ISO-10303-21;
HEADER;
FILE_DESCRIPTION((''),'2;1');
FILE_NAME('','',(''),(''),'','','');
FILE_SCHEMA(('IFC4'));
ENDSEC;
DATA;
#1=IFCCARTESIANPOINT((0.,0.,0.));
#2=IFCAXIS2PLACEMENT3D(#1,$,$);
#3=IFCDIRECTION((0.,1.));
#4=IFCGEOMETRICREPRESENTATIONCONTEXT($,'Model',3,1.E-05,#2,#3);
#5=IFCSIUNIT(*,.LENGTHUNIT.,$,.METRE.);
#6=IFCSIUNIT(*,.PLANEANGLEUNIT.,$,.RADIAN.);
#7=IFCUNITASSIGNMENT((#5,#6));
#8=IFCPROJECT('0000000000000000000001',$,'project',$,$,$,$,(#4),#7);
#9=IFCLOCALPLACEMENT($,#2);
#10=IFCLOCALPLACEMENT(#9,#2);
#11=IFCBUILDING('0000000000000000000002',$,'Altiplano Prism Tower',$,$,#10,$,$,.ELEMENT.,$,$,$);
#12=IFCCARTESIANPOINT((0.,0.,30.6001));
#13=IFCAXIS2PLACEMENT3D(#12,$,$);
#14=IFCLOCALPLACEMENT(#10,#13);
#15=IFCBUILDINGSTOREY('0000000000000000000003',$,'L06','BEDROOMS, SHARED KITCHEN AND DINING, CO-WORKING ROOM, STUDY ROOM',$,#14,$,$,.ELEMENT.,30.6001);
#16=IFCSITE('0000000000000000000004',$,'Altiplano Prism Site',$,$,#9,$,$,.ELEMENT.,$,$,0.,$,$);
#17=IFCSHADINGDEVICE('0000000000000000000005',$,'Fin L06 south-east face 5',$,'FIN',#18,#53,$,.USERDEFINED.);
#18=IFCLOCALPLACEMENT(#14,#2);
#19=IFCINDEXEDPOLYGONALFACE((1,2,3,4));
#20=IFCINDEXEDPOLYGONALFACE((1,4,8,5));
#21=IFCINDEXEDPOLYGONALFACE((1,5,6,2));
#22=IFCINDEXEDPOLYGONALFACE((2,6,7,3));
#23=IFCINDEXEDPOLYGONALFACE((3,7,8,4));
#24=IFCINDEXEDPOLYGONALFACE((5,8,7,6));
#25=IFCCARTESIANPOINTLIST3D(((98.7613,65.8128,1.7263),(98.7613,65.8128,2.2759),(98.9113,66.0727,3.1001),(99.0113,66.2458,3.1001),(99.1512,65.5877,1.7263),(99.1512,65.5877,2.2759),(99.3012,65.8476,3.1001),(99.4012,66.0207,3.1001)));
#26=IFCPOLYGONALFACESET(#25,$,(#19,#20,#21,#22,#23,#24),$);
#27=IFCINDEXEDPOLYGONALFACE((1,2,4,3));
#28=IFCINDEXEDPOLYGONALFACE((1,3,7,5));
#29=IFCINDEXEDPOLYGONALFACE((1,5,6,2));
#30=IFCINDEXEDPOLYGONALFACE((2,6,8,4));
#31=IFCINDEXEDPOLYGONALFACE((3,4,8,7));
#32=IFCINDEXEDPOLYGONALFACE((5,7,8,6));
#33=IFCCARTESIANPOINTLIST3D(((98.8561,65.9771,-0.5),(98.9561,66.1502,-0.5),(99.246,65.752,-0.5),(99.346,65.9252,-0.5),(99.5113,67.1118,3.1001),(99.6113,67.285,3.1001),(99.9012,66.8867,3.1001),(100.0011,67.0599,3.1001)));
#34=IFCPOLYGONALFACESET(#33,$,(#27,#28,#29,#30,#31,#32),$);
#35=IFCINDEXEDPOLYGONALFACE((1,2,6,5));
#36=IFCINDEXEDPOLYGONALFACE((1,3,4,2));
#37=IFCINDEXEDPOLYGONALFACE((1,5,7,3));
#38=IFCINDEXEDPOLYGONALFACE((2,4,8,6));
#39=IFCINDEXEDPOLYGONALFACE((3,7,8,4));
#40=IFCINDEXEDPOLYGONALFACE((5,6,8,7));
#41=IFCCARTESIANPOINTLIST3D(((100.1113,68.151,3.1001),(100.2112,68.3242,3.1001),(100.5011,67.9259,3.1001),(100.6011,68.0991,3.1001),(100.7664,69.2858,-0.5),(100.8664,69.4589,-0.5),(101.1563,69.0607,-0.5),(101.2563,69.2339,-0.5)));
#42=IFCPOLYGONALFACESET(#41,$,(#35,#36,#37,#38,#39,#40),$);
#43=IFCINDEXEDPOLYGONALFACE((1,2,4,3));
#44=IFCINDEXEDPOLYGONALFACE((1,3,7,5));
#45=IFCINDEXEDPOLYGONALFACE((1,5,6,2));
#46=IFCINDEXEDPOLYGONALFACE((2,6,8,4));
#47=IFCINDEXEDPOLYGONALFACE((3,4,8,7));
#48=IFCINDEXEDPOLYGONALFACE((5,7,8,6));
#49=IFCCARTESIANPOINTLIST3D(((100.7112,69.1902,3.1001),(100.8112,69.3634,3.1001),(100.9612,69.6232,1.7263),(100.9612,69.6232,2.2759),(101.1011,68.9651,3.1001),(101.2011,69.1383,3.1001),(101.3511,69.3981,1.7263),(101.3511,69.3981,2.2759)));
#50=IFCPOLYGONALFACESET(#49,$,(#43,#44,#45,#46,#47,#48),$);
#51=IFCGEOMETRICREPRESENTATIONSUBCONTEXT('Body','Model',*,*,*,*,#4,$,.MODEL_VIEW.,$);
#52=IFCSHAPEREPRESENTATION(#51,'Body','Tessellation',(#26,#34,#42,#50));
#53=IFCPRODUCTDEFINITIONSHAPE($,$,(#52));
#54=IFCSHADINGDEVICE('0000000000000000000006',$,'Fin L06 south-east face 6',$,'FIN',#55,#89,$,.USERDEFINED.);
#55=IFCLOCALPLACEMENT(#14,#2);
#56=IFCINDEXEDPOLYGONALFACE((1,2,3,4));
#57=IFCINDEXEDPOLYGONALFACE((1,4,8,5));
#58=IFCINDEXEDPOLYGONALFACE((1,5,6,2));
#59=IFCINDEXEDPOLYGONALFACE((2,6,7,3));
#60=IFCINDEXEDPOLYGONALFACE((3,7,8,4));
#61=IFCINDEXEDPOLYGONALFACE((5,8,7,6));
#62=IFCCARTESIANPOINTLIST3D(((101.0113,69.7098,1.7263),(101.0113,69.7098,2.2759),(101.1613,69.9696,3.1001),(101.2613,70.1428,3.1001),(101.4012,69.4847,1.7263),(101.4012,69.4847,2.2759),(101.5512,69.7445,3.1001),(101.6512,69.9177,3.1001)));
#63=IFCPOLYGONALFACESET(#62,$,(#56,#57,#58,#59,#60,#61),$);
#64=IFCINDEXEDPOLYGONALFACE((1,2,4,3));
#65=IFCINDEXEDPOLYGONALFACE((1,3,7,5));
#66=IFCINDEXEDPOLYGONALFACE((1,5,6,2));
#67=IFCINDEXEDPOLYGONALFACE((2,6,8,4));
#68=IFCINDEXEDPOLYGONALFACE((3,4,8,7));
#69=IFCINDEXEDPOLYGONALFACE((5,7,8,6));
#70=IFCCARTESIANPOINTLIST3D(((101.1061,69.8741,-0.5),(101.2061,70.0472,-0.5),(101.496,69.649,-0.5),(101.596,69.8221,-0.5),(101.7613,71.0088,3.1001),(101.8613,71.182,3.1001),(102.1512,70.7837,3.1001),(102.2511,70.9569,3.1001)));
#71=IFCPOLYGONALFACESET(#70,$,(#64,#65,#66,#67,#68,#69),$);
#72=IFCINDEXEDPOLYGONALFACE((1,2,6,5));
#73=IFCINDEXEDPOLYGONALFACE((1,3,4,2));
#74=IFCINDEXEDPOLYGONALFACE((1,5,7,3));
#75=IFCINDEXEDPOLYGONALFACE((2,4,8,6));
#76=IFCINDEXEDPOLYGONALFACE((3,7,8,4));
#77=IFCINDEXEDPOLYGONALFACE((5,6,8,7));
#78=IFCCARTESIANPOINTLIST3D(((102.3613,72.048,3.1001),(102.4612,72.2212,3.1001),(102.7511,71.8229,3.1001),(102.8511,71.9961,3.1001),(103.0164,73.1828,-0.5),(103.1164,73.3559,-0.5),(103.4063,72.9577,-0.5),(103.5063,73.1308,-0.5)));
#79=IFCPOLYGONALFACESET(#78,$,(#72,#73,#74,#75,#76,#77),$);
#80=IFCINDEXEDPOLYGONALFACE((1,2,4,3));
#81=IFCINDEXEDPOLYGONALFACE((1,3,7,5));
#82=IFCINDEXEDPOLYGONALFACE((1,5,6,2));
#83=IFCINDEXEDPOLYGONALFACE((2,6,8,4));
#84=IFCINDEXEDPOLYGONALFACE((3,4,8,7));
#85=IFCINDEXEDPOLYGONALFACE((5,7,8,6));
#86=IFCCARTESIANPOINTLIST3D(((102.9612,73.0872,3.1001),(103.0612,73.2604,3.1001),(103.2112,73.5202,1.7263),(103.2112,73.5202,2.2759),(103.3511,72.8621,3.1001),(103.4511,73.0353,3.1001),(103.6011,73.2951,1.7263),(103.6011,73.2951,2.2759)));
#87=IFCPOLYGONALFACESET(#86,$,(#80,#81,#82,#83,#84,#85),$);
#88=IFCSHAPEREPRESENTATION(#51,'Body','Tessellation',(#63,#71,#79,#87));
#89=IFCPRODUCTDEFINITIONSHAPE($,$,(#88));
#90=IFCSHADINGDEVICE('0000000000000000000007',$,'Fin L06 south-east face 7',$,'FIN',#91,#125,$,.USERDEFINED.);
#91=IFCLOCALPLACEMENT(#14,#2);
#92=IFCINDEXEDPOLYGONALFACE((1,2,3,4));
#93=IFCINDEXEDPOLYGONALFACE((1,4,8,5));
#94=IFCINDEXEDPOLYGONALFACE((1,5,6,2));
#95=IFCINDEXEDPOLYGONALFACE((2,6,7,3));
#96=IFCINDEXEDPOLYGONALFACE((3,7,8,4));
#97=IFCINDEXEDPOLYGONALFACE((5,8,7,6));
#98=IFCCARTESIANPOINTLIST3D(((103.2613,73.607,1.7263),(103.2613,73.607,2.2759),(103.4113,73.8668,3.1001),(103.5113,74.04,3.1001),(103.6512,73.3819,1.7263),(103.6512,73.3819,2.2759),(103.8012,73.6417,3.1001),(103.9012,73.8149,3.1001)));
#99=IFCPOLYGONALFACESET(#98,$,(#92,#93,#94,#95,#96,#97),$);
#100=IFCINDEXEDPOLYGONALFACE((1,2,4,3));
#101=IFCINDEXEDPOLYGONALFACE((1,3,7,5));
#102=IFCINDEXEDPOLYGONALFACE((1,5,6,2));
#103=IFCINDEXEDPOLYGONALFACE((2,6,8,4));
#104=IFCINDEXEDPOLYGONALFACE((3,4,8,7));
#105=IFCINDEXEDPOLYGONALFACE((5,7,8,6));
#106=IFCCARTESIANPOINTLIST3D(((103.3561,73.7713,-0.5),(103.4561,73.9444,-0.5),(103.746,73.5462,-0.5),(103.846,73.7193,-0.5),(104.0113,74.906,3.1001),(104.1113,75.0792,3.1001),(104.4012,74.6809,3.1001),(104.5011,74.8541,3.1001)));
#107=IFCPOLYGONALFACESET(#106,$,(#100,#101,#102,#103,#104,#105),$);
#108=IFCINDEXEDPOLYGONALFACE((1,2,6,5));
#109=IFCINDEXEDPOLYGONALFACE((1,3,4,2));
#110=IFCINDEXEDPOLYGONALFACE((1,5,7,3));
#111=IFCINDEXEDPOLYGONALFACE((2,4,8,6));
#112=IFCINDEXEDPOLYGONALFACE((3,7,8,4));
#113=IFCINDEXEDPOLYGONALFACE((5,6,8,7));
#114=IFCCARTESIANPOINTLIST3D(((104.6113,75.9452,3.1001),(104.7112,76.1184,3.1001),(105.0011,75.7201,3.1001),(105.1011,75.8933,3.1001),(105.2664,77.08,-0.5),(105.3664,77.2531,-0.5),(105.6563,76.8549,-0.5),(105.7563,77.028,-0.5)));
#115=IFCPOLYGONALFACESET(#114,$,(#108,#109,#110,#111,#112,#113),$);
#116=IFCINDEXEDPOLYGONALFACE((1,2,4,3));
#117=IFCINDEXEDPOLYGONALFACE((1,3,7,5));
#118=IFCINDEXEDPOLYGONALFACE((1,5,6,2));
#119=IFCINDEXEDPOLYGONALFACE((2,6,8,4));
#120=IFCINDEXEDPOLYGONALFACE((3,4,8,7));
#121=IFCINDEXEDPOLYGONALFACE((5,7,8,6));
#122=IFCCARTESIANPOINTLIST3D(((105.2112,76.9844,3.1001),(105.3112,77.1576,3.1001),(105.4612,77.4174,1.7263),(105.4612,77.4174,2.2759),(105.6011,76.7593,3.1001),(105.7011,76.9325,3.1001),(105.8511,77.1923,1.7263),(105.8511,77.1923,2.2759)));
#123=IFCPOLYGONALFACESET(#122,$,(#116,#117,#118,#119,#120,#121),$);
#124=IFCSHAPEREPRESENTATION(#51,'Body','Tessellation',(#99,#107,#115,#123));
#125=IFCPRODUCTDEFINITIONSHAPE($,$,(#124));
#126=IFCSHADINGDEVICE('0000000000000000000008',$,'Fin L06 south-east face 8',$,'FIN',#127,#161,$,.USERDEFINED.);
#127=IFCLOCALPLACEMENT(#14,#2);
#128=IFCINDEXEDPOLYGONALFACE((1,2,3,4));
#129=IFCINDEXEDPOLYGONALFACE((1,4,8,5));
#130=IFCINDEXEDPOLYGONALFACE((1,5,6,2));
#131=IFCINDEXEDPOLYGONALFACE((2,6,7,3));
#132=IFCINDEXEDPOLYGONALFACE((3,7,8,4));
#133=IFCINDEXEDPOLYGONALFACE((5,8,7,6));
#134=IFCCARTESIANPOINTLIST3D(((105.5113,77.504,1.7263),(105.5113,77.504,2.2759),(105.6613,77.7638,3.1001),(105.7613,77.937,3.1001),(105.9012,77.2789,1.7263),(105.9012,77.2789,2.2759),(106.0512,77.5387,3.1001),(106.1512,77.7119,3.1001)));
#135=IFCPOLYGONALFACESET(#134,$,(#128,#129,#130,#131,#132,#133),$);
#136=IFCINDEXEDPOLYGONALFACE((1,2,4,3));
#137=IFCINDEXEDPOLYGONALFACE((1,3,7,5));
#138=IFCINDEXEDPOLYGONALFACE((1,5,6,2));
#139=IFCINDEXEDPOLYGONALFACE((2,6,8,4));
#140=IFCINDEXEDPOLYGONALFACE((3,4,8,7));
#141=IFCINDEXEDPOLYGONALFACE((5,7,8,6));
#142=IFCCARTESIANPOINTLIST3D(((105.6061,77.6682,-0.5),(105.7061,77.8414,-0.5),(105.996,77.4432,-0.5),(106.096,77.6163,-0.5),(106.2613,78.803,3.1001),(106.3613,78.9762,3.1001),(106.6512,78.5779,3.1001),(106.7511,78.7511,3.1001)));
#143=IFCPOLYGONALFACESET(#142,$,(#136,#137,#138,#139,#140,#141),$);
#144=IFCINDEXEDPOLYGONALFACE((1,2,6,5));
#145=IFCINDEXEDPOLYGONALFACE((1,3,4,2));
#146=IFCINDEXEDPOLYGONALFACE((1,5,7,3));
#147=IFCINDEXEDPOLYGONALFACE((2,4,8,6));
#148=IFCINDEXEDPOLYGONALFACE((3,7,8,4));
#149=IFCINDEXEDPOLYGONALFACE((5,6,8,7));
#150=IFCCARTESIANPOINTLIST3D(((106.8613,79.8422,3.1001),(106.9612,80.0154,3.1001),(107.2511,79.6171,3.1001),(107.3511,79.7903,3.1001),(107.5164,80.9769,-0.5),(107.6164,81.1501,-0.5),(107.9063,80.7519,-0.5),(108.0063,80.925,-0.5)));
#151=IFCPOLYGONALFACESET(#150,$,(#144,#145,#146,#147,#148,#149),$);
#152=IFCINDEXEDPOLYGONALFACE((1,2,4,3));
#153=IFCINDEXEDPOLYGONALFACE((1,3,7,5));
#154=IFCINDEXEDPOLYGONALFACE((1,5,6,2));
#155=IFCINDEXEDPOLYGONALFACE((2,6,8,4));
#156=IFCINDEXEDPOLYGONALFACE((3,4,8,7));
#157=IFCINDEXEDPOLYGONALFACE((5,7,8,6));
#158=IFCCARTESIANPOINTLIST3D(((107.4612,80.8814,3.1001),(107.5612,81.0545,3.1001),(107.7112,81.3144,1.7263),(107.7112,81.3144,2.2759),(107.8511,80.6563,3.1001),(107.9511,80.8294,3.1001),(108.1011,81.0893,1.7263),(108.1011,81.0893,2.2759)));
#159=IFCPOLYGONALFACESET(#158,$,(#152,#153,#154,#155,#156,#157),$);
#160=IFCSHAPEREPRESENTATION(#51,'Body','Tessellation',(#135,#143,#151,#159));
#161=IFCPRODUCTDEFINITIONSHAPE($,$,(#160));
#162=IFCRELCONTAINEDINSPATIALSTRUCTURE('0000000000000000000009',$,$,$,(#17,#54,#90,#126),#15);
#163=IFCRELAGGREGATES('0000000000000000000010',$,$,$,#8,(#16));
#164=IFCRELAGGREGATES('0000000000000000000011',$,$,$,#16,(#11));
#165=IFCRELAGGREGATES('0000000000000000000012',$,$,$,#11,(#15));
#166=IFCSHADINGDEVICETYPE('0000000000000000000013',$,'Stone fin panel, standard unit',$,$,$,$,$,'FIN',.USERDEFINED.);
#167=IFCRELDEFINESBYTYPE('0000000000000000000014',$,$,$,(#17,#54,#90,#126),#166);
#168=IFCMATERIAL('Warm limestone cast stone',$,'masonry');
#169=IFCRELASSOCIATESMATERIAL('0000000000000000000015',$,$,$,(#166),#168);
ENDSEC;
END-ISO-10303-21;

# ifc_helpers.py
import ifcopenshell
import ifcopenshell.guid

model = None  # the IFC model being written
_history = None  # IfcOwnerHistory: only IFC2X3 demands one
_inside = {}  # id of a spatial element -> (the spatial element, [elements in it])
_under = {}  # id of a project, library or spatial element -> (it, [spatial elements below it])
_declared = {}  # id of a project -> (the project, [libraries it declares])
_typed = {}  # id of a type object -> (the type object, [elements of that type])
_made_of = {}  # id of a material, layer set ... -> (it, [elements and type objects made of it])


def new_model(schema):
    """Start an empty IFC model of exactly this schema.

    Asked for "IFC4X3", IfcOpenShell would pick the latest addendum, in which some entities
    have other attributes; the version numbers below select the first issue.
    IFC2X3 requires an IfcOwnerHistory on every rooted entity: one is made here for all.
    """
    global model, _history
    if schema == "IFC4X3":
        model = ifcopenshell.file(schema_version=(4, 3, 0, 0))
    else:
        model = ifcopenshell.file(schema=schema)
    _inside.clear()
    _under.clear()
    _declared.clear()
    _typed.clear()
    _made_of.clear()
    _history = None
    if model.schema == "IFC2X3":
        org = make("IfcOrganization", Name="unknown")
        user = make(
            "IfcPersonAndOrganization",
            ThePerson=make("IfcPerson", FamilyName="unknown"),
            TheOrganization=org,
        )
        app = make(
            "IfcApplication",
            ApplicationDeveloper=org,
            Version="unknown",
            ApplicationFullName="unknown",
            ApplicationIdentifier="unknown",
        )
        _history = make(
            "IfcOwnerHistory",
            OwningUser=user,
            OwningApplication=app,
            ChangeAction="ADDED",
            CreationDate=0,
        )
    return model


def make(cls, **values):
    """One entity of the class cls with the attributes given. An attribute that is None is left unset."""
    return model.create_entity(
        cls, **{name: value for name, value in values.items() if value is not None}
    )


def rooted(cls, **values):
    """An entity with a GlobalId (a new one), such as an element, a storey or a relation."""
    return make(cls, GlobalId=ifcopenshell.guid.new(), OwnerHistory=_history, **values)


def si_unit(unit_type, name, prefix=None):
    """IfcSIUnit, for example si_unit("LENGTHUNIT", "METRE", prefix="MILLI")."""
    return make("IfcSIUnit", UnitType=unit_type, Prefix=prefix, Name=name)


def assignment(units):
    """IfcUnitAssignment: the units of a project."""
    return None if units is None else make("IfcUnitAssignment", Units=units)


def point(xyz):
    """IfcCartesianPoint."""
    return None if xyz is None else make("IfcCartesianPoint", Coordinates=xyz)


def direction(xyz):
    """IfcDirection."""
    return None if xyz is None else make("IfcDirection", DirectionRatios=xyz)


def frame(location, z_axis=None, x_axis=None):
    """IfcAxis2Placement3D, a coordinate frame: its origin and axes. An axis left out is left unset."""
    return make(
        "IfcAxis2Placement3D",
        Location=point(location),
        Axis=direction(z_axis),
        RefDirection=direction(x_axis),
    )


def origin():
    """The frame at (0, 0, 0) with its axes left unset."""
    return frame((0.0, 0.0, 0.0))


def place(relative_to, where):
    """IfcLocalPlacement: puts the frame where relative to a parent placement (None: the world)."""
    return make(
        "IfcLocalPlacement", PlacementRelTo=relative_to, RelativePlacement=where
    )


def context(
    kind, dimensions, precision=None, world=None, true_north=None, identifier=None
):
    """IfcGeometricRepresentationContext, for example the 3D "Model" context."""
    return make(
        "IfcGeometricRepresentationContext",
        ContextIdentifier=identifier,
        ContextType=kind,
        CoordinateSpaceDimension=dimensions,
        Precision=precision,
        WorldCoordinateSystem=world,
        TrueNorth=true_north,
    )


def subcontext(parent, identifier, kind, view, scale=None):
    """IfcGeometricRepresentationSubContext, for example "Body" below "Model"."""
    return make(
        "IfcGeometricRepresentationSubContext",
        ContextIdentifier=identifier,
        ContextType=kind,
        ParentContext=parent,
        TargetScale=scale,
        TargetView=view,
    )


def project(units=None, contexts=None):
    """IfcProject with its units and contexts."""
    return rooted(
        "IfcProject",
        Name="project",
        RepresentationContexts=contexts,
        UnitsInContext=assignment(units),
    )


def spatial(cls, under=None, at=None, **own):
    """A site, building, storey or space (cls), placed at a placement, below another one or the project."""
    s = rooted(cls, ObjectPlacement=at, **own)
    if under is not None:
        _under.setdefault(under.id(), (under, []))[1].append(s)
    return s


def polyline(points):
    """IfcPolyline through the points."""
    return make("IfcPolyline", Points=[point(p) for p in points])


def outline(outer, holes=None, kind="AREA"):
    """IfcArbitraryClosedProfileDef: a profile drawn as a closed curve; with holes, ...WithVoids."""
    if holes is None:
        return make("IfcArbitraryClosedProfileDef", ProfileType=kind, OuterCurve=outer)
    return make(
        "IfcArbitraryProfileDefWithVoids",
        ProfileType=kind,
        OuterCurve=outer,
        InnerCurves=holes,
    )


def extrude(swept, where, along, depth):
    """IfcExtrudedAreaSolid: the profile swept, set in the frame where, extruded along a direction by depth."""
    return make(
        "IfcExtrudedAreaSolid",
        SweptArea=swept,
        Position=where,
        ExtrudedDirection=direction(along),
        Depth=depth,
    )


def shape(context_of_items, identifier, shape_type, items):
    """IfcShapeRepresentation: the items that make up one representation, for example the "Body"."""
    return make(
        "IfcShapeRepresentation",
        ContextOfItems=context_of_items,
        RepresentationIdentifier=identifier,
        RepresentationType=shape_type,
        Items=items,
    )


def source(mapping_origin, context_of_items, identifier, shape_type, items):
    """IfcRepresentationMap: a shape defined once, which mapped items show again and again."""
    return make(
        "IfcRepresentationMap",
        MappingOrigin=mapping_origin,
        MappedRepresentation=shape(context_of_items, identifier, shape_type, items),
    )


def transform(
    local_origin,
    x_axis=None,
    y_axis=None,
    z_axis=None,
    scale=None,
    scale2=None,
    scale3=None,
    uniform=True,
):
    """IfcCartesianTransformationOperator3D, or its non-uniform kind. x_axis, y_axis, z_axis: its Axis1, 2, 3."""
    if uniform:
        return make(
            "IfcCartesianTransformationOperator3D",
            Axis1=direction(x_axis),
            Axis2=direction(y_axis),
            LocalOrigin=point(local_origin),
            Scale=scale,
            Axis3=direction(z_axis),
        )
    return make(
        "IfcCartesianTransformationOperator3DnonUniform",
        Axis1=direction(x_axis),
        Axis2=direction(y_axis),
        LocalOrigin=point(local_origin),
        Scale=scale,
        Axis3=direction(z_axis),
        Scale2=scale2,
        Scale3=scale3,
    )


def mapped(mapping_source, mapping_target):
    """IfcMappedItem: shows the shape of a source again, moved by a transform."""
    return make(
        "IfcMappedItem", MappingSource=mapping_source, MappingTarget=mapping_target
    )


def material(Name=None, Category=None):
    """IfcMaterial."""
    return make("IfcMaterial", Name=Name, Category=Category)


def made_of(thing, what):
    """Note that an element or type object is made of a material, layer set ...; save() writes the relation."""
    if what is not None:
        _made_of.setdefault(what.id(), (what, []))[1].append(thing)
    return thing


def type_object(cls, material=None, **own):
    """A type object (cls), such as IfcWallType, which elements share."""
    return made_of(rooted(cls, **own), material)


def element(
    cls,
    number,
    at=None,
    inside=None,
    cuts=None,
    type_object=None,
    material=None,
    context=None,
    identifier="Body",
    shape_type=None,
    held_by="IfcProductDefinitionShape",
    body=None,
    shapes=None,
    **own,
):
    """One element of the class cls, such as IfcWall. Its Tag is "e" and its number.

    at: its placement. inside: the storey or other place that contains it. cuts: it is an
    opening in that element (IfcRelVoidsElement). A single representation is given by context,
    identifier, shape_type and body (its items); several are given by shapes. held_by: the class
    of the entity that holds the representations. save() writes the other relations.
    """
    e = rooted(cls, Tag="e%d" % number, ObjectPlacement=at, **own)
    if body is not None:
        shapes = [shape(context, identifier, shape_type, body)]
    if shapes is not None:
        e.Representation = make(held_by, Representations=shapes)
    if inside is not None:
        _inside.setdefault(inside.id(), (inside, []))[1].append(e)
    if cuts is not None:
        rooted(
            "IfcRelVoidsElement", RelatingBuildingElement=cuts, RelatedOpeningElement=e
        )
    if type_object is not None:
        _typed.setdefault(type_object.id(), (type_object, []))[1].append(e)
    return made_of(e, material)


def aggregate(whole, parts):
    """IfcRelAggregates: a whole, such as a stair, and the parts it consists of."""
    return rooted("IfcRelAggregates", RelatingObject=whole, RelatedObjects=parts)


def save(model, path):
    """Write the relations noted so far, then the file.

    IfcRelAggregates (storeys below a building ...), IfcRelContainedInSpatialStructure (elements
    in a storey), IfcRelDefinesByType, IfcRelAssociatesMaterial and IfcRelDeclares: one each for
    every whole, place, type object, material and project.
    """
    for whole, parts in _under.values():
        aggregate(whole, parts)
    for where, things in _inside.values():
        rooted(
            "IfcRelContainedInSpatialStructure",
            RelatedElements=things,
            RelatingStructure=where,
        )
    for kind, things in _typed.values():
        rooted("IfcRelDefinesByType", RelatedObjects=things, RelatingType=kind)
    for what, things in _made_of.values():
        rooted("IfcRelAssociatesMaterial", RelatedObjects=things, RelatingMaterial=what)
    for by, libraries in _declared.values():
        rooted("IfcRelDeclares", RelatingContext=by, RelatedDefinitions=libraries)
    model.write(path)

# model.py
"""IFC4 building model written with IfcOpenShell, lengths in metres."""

from ifc_helpers import new_model, si_unit, direction, frame, origin, place, context, subcontext, project, spatial, polyline, outline, extrude, source, transform, mapped, material, type_object, element, save


model = new_model("IFC4")

# Units and contexts
model_context = context("Model", 3, precision=1e-05, world=origin(), true_north=direction((0.0, 1.0)))
body_context = subcontext(model_context, "Body", "Model", "MODEL_VIEW")
ifc_project = project(units=[si_unit("LENGTHUNIT", "METRE"), si_unit("PLANEANGLEUNIT", "RADIAN")], contexts=[model_context])

# Site, building, storey
site_placement = place(None, origin())
site = spatial("IfcSite", under=ifc_project, at=site_placement, Name="Altiplano Prism Site", CompositionType="ELEMENT", RefElevation=0.0)
building_placement = place(site_placement, origin())
building = spatial("IfcBuilding", under=site, at=building_placement, Name="Altiplano Prism Tower", CompositionType="ELEMENT")
storey_placement = place(building_placement, frame((0.0, 0.0, 30.6001)))
storey = spatial("IfcBuildingStorey", under=building, at=storey_placement, Name="L06", Description="BEDROOMS, SHARED KITCHEN AND DINING, CO-WORKING ROOM, STUDY ROOM", CompositionType="ELEMENT", Elevation=30.6001)

# Shading devices
ifc_material_1 = material(Name="Warm limestone cast stone", Category="masonry")
shading_device_type_1 = type_object("IfcShadingDeviceType", Name="Stone fin panel, standard unit", ElementType="FIN", PredefinedType="USERDEFINED", material=ifc_material_1)
shared_shape_1 = source(origin(), body_context, "Body", "SweptSolid", [
    extrude(outline(polyline([(-2.2, 2.2263), (-1.7, 3.6001), (-1.8999, 3.6001), (-2.2, 2.7759), (-2.2, 2.2263)])), frame((0.0, -0.1499, 0.0), z_axis=(0.0, -1.0, 0.0), x_axis=(1.0, 0.0, 0.0)), (0.0, 0.0, 1.0), 0.4502),
    extrude(outline(polyline([(-2.0103, 0.0), (-1.8103, 0.0), (-0.5, 3.6001), (-0.7, 3.6001), (-2.0103, 0.0)])), frame((0.0, -0.1499, 0.0), z_axis=(0.0, -1.0, 0.0), x_axis=(1.0, 0.0, 0.0)), (0.0, 0.0, 1.0), 0.4502),
    extrude(outline(polyline([(1.8103, 0.0), (2.0103, 0.0), (0.7, 3.6001), (0.5, 3.6001), (1.8103, 0.0)])), frame((0.0, -0.1499, 0.0), z_axis=(0.0, -1.0, 0.0), x_axis=(1.0, 0.0, 0.0)), (0.0, 0.0, 1.0), 0.4502),
    extrude(outline(polyline([(2.2, 2.7759), (1.8999, 3.6001), (1.7, 3.6001), (2.2, 2.2263), (2.2, 2.7759)])), frame((0.0, -0.1499, 0.0), z_axis=(0.0, -1.0, 0.0), x_axis=(1.0, 0.0, 0.0)), (0.0, 0.0, 1.0), 0.4502),
])
shading_device_1_placement = place(storey_placement, origin())
element("IfcShadingDevice", 1, at=shading_device_1_placement, inside=storey, type_object=shading_device_type_1, Name="Fin L06 south-east face 5", ObjectType="FIN", PredefinedType="USERDEFINED", context=body_context, shape_type="MappedRepresentation", body=[
    mapped(shared_shape_1, transform((99.7314, 67.793, -0.5), x_axis=(0.5, 0.866025, 0.0), y_axis=(-0.866025, 0.5, 0.0), z_axis=(0.0, 0.0, 1.0))),
])
shading_device_2_placement = place(storey_placement, origin())
element("IfcShadingDevice", 2, at=shading_device_2_placement, inside=storey, type_object=shading_device_type_1, Name="Fin L06 south-east face 6", ObjectType="FIN", PredefinedType="USERDEFINED", context=body_context, shape_type="MappedRepresentation", body=[
    mapped(shared_shape_1, transform((101.9814, 71.6899, -0.5), x_axis=(0.5, 0.866025, 0.0), y_axis=(-0.866025, 0.5, 0.0), z_axis=(0.0, 0.0, 1.0))),
])
shading_device_3_placement = place(storey_placement, origin())
element("IfcShadingDevice", 3, at=shading_device_3_placement, inside=storey, type_object=shading_device_type_1, Name="Fin L06 south-east face 7", ObjectType="FIN", PredefinedType="USERDEFINED", context=body_context, shape_type="MappedRepresentation", body=[
    mapped(shared_shape_1, transform((104.2314, 75.5872, -0.5), x_axis=(0.5, 0.866025, 0.0), y_axis=(-0.866025, 0.5, 0.0), z_axis=(0.0, 0.0, 1.0))),
])
shading_device_4_placement = place(storey_placement, origin())
element("IfcShadingDevice", 4, at=shading_device_4_placement, inside=storey, type_object=shading_device_type_1, Name="Fin L06 south-east face 8", ObjectType="FIN", PredefinedType="USERDEFINED", context=body_context, shape_type="MappedRepresentation", body=[
    mapped(shared_shape_1, transform((106.4814, 79.4841, -0.5), x_axis=(0.5, 0.866025, 0.0), y_axis=(-0.866025, 0.5, 0.0), z_axis=(0.0, 0.0, 1.0))),
])

save(model, "model.ifc")
